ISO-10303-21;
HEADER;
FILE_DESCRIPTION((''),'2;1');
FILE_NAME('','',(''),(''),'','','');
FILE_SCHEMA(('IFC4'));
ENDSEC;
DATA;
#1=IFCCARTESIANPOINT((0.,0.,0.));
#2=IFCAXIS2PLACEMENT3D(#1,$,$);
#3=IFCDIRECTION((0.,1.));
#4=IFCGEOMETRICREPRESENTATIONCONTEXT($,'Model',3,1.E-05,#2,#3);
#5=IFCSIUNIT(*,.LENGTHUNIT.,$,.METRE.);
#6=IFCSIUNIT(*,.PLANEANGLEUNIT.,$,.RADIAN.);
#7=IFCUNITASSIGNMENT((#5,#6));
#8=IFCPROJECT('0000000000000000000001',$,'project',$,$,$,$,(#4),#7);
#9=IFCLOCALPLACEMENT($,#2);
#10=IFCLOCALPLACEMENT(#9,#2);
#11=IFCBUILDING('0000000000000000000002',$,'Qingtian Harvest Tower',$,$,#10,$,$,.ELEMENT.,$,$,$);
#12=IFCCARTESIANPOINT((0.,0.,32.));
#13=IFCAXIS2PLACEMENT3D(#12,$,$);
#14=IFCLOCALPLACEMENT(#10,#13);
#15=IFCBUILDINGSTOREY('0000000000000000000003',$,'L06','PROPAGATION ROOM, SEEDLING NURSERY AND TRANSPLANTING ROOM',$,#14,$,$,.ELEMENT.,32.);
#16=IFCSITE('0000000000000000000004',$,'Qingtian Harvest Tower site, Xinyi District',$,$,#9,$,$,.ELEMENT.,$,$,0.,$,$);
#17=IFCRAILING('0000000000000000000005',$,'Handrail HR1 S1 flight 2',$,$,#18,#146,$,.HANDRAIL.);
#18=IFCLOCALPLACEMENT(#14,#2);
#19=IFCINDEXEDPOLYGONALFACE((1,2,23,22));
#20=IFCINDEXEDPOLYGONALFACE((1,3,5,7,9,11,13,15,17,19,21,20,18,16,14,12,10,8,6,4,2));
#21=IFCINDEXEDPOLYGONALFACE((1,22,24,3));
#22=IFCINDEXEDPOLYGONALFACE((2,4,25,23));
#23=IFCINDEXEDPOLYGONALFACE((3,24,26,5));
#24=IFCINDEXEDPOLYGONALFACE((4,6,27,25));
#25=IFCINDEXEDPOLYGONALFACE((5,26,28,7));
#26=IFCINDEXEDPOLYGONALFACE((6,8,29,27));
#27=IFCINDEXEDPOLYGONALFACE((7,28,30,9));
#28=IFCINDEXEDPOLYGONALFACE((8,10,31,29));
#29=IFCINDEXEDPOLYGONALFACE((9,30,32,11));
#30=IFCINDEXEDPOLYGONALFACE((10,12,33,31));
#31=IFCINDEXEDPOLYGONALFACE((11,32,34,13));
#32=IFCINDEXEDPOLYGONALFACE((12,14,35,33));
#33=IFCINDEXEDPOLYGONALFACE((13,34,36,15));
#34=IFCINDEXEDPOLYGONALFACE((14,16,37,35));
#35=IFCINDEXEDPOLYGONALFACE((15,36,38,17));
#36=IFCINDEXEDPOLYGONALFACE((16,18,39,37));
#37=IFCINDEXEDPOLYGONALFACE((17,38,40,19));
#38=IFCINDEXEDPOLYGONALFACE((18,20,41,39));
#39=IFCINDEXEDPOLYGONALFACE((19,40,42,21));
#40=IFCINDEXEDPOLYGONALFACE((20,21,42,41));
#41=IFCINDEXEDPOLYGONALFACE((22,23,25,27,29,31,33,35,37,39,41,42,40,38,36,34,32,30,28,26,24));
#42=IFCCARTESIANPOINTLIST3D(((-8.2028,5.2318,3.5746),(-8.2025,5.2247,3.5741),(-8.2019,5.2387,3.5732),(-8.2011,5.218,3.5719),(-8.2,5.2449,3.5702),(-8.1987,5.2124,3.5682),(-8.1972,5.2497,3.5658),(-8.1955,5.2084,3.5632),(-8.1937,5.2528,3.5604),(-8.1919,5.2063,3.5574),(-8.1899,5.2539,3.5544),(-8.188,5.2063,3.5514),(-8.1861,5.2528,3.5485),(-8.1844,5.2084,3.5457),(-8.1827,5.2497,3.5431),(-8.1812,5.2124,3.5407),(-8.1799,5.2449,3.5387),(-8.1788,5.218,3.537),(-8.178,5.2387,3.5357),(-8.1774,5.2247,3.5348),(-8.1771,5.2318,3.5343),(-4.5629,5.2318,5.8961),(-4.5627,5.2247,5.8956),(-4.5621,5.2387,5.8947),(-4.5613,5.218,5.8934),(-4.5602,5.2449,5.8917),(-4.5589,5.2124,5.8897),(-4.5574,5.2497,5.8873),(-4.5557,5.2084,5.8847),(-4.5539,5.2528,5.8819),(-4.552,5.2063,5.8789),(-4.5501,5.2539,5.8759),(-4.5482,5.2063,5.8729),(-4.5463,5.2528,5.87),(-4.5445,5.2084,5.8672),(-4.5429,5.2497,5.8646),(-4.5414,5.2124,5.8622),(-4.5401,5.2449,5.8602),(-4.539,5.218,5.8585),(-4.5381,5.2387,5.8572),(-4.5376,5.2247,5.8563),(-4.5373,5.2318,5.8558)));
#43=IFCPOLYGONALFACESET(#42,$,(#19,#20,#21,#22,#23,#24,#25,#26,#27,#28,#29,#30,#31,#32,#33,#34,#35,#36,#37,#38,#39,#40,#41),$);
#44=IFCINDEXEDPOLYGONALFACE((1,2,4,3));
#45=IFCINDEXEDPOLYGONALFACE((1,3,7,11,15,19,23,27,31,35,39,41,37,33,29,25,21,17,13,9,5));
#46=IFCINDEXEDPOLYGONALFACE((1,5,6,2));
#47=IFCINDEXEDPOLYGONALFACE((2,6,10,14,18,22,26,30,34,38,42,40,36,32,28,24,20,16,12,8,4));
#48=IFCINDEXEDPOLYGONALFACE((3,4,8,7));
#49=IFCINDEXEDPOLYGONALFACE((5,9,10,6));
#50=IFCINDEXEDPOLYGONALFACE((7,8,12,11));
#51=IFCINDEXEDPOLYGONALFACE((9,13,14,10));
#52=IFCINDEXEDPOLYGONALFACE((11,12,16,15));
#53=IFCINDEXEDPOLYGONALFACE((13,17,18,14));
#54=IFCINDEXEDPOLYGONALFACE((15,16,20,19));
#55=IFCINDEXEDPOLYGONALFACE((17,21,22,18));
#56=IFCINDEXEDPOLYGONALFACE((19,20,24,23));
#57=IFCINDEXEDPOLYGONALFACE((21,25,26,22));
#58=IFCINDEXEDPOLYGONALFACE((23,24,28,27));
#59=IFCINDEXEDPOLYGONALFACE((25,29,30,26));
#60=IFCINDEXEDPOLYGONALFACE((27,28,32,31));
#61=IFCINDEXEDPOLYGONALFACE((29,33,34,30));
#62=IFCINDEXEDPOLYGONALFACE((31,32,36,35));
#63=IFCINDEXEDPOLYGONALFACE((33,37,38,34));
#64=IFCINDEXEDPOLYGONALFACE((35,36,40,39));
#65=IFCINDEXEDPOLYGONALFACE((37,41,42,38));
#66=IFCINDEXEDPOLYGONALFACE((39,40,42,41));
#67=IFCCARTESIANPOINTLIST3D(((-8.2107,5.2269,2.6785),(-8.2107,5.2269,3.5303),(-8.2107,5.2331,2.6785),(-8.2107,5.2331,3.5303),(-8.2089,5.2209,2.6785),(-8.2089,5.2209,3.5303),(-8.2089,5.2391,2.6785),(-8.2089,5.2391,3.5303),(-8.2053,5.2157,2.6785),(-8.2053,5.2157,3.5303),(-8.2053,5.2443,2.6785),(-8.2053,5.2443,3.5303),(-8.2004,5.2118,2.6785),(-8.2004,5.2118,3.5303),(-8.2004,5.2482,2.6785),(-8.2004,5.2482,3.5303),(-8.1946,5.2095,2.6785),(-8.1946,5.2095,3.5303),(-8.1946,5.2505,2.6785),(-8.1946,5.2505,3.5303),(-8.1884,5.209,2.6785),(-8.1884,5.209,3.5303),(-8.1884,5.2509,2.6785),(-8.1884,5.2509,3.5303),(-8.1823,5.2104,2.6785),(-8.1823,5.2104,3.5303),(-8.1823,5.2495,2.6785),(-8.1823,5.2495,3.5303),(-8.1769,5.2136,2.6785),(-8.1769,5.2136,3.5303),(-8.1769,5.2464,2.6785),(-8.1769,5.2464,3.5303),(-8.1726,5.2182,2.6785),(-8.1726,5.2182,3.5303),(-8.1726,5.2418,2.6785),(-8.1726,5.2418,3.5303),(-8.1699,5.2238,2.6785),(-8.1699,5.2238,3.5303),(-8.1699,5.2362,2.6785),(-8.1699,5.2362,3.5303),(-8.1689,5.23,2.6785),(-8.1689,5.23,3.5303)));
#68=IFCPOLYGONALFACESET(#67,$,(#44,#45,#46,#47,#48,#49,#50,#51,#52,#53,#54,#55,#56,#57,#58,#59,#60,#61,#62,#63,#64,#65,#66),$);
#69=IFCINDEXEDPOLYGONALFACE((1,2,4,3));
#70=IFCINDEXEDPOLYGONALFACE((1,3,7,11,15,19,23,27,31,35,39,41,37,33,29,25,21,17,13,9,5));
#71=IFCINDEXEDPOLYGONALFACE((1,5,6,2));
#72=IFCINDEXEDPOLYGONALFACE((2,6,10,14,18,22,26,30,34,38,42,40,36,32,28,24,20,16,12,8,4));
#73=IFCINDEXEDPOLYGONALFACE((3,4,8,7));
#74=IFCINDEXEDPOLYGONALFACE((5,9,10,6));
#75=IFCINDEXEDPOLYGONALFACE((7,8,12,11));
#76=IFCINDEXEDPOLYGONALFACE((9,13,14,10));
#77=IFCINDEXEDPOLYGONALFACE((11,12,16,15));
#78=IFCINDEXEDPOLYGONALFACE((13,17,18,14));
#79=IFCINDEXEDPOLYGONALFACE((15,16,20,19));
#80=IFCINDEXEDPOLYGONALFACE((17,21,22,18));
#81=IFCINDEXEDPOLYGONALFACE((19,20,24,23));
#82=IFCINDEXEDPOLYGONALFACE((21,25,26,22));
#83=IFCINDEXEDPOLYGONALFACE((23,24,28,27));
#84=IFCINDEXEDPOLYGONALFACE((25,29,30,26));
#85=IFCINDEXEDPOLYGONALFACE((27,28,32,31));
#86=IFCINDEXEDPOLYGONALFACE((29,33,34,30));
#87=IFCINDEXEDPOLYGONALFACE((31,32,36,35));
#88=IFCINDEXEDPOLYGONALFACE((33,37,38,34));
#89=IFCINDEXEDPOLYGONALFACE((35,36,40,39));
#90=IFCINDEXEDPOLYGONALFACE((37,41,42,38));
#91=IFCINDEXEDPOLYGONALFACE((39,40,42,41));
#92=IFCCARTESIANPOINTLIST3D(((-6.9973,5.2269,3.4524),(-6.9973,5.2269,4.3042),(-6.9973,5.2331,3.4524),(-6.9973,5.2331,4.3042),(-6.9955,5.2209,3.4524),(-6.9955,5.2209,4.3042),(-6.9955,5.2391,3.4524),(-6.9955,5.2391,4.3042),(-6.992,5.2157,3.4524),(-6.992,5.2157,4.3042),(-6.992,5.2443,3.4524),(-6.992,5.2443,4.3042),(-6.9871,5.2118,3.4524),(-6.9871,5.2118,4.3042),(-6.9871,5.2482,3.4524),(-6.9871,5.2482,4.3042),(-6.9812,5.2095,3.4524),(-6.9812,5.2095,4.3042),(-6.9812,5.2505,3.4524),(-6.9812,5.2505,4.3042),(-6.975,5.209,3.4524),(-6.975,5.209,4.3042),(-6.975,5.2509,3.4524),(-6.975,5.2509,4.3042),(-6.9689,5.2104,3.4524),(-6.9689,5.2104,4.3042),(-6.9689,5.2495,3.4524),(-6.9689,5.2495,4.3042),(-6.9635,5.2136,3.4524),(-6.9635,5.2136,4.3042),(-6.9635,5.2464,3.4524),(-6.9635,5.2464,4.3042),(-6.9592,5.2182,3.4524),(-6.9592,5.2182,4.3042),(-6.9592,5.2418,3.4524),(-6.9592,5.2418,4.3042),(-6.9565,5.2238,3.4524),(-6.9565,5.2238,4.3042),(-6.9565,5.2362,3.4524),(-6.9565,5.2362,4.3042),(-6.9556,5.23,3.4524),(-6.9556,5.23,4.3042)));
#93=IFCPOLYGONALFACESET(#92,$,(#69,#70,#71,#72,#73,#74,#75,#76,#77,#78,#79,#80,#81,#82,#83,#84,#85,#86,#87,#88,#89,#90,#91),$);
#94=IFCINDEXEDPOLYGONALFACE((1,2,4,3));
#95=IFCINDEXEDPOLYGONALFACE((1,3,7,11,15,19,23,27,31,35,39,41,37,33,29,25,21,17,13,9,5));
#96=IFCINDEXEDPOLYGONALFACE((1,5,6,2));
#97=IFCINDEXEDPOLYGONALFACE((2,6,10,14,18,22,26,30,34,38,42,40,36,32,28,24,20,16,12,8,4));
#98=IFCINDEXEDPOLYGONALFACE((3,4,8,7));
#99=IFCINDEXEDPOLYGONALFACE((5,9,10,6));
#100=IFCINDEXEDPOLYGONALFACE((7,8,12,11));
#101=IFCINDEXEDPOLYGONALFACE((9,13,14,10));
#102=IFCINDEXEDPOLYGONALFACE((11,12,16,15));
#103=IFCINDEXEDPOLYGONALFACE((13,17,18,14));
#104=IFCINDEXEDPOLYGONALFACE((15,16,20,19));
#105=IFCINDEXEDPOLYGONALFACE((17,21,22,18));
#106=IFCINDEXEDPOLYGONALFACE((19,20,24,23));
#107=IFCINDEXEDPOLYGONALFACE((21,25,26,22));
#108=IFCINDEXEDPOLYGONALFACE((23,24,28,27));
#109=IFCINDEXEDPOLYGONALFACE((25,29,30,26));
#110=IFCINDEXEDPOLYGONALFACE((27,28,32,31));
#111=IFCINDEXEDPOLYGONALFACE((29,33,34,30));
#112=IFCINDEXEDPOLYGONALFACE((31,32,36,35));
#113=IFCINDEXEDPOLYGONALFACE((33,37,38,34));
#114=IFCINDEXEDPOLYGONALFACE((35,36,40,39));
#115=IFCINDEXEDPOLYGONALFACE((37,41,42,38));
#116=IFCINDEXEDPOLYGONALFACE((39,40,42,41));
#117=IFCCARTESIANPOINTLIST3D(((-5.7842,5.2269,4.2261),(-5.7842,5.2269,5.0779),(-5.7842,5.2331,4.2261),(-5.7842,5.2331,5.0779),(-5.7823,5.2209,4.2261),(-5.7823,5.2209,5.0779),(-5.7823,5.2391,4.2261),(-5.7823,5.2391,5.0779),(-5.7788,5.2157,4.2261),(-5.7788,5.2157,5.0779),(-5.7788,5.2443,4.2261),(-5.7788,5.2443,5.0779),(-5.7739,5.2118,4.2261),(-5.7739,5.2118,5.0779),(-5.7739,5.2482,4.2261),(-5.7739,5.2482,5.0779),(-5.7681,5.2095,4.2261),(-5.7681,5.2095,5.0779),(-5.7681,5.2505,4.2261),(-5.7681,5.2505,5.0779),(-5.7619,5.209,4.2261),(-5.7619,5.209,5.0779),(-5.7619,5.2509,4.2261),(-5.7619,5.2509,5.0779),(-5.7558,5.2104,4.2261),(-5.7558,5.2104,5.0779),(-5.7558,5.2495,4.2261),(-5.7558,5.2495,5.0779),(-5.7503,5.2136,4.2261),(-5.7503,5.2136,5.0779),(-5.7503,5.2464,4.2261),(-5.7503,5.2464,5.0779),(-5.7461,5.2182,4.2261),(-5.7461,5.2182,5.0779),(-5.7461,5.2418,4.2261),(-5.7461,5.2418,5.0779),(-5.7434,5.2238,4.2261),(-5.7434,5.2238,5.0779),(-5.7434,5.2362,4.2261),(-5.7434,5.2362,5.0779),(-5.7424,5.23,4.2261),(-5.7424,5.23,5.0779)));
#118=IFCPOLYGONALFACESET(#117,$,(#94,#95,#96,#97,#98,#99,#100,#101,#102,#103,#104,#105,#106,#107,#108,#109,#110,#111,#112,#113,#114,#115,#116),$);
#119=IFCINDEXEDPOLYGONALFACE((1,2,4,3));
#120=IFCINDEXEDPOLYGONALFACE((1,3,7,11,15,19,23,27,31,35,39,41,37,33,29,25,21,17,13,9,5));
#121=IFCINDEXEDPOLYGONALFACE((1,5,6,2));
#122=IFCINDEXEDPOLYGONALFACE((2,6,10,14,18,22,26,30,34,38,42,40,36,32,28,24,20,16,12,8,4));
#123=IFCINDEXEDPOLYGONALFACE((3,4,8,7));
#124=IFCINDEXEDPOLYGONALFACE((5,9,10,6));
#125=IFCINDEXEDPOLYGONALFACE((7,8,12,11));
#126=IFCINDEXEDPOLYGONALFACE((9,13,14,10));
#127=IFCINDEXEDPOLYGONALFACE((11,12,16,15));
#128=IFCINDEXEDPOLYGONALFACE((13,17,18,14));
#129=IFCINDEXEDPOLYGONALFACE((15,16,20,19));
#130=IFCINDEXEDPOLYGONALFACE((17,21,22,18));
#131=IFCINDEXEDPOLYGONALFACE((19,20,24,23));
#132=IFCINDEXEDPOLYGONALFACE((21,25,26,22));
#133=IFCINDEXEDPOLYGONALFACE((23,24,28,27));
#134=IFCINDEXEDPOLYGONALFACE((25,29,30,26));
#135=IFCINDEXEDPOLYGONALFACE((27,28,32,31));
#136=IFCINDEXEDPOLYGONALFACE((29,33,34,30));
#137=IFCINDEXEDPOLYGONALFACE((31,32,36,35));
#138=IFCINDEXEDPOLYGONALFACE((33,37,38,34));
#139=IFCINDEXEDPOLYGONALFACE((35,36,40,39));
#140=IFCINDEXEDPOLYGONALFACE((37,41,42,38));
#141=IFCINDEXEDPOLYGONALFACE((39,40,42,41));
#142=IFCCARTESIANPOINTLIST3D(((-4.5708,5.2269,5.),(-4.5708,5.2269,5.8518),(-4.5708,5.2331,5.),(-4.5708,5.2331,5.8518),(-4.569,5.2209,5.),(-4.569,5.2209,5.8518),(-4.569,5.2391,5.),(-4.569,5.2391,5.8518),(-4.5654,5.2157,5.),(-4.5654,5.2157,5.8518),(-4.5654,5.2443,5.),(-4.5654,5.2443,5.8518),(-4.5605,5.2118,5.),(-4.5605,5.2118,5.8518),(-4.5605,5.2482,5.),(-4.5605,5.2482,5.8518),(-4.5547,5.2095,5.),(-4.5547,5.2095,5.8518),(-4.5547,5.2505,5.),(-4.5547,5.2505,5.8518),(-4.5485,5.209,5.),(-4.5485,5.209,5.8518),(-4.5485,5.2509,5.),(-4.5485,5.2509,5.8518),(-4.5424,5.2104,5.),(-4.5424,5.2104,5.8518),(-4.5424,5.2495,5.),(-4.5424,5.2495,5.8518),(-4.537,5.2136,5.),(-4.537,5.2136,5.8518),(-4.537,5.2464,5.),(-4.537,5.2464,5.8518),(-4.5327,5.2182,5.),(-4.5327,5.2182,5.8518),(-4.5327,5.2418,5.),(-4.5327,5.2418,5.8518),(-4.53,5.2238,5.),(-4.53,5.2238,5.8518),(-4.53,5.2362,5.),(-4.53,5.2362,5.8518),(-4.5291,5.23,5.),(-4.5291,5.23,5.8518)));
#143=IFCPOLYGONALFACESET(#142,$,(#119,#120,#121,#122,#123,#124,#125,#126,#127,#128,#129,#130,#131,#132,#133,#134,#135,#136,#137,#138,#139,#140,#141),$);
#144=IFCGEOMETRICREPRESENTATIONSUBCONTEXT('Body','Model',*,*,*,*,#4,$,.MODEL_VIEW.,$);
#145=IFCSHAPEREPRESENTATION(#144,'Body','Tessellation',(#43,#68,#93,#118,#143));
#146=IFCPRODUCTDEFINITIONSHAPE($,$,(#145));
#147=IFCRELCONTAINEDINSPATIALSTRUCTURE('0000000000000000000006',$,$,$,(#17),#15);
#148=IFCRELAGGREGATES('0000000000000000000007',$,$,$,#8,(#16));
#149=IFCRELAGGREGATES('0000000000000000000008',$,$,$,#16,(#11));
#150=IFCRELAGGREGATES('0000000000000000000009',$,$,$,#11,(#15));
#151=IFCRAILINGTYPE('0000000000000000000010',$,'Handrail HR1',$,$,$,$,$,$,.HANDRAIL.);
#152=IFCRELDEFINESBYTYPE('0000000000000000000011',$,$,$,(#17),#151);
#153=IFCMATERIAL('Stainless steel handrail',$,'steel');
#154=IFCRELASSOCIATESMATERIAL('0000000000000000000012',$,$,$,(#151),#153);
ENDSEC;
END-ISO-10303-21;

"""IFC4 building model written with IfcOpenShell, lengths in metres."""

from ifc_helpers import new_model, si_unit, direction, frame, origin, origin_2d, place, context, subcontext, project, spatial, circle, extrude, material, type_object, element, save


model = new_model("IFC4")

# Units and contexts
model_context = context("Model", 3, precision=1e-05, world=origin(), true_north=direction((0.0, 1.0)))
body_context = subcontext(model_context, "Body", "Model", "MODEL_VIEW")
ifc_project = project(units=[si_unit("LENGTHUNIT", "METRE"), si_unit("PLANEANGLEUNIT", "RADIAN")], contexts=[model_context])

# Site, building, storey
site_placement = place(None, origin())
site = spatial("IfcSite", under=ifc_project, at=site_placement, Name="Qingtian Harvest Tower site, Xinyi District", CompositionType="ELEMENT", RefElevation=0.0)
building_placement = place(site_placement, origin())
building = spatial("IfcBuilding", under=site, at=building_placement, Name="Qingtian Harvest Tower", CompositionType="ELEMENT")
storey_placement = place(building_placement, frame((0.0, 0.0, 32.0)))
storey = spatial("IfcBuildingStorey", under=building, at=storey_placement, Name="L06", Description="PROPAGATION ROOM, SEEDLING NURSERY AND TRANSPLANTING ROOM", CompositionType="ELEMENT", Elevation=32.0)

# Railing
ifc_material_1 = material(Name="Stainless steel handrail", Category="steel")
railing_type = type_object("IfcRailingType", Name="Handrail HR1", PredefinedType="HANDRAIL", material=ifc_material_1)
railing_1_placement = place(storey_placement, frame((-8.1899, 5.23, 2.6785)))
element("IfcRailing", 1, at=railing_1_placement, inside=storey, type_object=railing_type, Name="Handrail HR1 S1 flight 2", PredefinedType="HANDRAIL", context=body_context, shape_type="SweptSolid", body=[
    extrude(circle(Radius=0.0239, at=origin_2d()), frame((0.0, 0.0, 0.876), z_axis=(0.843112, 0.0, 0.537739), x_axis=(0.0, 1.0, 0.0)), (0.0, 0.0, 1.0), 4.3171),
    extrude(circle(Radius=0.021, at=origin_2d()), origin(), (0.0, 0.0, 1.0), 0.8518),
    extrude(circle(Radius=0.021, at=origin_2d()), frame((1.2134, 0.0, 0.7739)), (0.0, 0.0, 1.0), 0.8518),
    extrude(circle(Radius=0.021, at=origin_2d()), frame((2.4265, 0.0, 1.5476)), (0.0, 0.0, 1.0), 0.8518),
    extrude(circle(Radius=0.021, at=origin_2d()), frame((3.6399, 0.0, 2.3215)), (0.0, 0.0, 1.0), 0.8518),
])

save(model, "model.ifc")
